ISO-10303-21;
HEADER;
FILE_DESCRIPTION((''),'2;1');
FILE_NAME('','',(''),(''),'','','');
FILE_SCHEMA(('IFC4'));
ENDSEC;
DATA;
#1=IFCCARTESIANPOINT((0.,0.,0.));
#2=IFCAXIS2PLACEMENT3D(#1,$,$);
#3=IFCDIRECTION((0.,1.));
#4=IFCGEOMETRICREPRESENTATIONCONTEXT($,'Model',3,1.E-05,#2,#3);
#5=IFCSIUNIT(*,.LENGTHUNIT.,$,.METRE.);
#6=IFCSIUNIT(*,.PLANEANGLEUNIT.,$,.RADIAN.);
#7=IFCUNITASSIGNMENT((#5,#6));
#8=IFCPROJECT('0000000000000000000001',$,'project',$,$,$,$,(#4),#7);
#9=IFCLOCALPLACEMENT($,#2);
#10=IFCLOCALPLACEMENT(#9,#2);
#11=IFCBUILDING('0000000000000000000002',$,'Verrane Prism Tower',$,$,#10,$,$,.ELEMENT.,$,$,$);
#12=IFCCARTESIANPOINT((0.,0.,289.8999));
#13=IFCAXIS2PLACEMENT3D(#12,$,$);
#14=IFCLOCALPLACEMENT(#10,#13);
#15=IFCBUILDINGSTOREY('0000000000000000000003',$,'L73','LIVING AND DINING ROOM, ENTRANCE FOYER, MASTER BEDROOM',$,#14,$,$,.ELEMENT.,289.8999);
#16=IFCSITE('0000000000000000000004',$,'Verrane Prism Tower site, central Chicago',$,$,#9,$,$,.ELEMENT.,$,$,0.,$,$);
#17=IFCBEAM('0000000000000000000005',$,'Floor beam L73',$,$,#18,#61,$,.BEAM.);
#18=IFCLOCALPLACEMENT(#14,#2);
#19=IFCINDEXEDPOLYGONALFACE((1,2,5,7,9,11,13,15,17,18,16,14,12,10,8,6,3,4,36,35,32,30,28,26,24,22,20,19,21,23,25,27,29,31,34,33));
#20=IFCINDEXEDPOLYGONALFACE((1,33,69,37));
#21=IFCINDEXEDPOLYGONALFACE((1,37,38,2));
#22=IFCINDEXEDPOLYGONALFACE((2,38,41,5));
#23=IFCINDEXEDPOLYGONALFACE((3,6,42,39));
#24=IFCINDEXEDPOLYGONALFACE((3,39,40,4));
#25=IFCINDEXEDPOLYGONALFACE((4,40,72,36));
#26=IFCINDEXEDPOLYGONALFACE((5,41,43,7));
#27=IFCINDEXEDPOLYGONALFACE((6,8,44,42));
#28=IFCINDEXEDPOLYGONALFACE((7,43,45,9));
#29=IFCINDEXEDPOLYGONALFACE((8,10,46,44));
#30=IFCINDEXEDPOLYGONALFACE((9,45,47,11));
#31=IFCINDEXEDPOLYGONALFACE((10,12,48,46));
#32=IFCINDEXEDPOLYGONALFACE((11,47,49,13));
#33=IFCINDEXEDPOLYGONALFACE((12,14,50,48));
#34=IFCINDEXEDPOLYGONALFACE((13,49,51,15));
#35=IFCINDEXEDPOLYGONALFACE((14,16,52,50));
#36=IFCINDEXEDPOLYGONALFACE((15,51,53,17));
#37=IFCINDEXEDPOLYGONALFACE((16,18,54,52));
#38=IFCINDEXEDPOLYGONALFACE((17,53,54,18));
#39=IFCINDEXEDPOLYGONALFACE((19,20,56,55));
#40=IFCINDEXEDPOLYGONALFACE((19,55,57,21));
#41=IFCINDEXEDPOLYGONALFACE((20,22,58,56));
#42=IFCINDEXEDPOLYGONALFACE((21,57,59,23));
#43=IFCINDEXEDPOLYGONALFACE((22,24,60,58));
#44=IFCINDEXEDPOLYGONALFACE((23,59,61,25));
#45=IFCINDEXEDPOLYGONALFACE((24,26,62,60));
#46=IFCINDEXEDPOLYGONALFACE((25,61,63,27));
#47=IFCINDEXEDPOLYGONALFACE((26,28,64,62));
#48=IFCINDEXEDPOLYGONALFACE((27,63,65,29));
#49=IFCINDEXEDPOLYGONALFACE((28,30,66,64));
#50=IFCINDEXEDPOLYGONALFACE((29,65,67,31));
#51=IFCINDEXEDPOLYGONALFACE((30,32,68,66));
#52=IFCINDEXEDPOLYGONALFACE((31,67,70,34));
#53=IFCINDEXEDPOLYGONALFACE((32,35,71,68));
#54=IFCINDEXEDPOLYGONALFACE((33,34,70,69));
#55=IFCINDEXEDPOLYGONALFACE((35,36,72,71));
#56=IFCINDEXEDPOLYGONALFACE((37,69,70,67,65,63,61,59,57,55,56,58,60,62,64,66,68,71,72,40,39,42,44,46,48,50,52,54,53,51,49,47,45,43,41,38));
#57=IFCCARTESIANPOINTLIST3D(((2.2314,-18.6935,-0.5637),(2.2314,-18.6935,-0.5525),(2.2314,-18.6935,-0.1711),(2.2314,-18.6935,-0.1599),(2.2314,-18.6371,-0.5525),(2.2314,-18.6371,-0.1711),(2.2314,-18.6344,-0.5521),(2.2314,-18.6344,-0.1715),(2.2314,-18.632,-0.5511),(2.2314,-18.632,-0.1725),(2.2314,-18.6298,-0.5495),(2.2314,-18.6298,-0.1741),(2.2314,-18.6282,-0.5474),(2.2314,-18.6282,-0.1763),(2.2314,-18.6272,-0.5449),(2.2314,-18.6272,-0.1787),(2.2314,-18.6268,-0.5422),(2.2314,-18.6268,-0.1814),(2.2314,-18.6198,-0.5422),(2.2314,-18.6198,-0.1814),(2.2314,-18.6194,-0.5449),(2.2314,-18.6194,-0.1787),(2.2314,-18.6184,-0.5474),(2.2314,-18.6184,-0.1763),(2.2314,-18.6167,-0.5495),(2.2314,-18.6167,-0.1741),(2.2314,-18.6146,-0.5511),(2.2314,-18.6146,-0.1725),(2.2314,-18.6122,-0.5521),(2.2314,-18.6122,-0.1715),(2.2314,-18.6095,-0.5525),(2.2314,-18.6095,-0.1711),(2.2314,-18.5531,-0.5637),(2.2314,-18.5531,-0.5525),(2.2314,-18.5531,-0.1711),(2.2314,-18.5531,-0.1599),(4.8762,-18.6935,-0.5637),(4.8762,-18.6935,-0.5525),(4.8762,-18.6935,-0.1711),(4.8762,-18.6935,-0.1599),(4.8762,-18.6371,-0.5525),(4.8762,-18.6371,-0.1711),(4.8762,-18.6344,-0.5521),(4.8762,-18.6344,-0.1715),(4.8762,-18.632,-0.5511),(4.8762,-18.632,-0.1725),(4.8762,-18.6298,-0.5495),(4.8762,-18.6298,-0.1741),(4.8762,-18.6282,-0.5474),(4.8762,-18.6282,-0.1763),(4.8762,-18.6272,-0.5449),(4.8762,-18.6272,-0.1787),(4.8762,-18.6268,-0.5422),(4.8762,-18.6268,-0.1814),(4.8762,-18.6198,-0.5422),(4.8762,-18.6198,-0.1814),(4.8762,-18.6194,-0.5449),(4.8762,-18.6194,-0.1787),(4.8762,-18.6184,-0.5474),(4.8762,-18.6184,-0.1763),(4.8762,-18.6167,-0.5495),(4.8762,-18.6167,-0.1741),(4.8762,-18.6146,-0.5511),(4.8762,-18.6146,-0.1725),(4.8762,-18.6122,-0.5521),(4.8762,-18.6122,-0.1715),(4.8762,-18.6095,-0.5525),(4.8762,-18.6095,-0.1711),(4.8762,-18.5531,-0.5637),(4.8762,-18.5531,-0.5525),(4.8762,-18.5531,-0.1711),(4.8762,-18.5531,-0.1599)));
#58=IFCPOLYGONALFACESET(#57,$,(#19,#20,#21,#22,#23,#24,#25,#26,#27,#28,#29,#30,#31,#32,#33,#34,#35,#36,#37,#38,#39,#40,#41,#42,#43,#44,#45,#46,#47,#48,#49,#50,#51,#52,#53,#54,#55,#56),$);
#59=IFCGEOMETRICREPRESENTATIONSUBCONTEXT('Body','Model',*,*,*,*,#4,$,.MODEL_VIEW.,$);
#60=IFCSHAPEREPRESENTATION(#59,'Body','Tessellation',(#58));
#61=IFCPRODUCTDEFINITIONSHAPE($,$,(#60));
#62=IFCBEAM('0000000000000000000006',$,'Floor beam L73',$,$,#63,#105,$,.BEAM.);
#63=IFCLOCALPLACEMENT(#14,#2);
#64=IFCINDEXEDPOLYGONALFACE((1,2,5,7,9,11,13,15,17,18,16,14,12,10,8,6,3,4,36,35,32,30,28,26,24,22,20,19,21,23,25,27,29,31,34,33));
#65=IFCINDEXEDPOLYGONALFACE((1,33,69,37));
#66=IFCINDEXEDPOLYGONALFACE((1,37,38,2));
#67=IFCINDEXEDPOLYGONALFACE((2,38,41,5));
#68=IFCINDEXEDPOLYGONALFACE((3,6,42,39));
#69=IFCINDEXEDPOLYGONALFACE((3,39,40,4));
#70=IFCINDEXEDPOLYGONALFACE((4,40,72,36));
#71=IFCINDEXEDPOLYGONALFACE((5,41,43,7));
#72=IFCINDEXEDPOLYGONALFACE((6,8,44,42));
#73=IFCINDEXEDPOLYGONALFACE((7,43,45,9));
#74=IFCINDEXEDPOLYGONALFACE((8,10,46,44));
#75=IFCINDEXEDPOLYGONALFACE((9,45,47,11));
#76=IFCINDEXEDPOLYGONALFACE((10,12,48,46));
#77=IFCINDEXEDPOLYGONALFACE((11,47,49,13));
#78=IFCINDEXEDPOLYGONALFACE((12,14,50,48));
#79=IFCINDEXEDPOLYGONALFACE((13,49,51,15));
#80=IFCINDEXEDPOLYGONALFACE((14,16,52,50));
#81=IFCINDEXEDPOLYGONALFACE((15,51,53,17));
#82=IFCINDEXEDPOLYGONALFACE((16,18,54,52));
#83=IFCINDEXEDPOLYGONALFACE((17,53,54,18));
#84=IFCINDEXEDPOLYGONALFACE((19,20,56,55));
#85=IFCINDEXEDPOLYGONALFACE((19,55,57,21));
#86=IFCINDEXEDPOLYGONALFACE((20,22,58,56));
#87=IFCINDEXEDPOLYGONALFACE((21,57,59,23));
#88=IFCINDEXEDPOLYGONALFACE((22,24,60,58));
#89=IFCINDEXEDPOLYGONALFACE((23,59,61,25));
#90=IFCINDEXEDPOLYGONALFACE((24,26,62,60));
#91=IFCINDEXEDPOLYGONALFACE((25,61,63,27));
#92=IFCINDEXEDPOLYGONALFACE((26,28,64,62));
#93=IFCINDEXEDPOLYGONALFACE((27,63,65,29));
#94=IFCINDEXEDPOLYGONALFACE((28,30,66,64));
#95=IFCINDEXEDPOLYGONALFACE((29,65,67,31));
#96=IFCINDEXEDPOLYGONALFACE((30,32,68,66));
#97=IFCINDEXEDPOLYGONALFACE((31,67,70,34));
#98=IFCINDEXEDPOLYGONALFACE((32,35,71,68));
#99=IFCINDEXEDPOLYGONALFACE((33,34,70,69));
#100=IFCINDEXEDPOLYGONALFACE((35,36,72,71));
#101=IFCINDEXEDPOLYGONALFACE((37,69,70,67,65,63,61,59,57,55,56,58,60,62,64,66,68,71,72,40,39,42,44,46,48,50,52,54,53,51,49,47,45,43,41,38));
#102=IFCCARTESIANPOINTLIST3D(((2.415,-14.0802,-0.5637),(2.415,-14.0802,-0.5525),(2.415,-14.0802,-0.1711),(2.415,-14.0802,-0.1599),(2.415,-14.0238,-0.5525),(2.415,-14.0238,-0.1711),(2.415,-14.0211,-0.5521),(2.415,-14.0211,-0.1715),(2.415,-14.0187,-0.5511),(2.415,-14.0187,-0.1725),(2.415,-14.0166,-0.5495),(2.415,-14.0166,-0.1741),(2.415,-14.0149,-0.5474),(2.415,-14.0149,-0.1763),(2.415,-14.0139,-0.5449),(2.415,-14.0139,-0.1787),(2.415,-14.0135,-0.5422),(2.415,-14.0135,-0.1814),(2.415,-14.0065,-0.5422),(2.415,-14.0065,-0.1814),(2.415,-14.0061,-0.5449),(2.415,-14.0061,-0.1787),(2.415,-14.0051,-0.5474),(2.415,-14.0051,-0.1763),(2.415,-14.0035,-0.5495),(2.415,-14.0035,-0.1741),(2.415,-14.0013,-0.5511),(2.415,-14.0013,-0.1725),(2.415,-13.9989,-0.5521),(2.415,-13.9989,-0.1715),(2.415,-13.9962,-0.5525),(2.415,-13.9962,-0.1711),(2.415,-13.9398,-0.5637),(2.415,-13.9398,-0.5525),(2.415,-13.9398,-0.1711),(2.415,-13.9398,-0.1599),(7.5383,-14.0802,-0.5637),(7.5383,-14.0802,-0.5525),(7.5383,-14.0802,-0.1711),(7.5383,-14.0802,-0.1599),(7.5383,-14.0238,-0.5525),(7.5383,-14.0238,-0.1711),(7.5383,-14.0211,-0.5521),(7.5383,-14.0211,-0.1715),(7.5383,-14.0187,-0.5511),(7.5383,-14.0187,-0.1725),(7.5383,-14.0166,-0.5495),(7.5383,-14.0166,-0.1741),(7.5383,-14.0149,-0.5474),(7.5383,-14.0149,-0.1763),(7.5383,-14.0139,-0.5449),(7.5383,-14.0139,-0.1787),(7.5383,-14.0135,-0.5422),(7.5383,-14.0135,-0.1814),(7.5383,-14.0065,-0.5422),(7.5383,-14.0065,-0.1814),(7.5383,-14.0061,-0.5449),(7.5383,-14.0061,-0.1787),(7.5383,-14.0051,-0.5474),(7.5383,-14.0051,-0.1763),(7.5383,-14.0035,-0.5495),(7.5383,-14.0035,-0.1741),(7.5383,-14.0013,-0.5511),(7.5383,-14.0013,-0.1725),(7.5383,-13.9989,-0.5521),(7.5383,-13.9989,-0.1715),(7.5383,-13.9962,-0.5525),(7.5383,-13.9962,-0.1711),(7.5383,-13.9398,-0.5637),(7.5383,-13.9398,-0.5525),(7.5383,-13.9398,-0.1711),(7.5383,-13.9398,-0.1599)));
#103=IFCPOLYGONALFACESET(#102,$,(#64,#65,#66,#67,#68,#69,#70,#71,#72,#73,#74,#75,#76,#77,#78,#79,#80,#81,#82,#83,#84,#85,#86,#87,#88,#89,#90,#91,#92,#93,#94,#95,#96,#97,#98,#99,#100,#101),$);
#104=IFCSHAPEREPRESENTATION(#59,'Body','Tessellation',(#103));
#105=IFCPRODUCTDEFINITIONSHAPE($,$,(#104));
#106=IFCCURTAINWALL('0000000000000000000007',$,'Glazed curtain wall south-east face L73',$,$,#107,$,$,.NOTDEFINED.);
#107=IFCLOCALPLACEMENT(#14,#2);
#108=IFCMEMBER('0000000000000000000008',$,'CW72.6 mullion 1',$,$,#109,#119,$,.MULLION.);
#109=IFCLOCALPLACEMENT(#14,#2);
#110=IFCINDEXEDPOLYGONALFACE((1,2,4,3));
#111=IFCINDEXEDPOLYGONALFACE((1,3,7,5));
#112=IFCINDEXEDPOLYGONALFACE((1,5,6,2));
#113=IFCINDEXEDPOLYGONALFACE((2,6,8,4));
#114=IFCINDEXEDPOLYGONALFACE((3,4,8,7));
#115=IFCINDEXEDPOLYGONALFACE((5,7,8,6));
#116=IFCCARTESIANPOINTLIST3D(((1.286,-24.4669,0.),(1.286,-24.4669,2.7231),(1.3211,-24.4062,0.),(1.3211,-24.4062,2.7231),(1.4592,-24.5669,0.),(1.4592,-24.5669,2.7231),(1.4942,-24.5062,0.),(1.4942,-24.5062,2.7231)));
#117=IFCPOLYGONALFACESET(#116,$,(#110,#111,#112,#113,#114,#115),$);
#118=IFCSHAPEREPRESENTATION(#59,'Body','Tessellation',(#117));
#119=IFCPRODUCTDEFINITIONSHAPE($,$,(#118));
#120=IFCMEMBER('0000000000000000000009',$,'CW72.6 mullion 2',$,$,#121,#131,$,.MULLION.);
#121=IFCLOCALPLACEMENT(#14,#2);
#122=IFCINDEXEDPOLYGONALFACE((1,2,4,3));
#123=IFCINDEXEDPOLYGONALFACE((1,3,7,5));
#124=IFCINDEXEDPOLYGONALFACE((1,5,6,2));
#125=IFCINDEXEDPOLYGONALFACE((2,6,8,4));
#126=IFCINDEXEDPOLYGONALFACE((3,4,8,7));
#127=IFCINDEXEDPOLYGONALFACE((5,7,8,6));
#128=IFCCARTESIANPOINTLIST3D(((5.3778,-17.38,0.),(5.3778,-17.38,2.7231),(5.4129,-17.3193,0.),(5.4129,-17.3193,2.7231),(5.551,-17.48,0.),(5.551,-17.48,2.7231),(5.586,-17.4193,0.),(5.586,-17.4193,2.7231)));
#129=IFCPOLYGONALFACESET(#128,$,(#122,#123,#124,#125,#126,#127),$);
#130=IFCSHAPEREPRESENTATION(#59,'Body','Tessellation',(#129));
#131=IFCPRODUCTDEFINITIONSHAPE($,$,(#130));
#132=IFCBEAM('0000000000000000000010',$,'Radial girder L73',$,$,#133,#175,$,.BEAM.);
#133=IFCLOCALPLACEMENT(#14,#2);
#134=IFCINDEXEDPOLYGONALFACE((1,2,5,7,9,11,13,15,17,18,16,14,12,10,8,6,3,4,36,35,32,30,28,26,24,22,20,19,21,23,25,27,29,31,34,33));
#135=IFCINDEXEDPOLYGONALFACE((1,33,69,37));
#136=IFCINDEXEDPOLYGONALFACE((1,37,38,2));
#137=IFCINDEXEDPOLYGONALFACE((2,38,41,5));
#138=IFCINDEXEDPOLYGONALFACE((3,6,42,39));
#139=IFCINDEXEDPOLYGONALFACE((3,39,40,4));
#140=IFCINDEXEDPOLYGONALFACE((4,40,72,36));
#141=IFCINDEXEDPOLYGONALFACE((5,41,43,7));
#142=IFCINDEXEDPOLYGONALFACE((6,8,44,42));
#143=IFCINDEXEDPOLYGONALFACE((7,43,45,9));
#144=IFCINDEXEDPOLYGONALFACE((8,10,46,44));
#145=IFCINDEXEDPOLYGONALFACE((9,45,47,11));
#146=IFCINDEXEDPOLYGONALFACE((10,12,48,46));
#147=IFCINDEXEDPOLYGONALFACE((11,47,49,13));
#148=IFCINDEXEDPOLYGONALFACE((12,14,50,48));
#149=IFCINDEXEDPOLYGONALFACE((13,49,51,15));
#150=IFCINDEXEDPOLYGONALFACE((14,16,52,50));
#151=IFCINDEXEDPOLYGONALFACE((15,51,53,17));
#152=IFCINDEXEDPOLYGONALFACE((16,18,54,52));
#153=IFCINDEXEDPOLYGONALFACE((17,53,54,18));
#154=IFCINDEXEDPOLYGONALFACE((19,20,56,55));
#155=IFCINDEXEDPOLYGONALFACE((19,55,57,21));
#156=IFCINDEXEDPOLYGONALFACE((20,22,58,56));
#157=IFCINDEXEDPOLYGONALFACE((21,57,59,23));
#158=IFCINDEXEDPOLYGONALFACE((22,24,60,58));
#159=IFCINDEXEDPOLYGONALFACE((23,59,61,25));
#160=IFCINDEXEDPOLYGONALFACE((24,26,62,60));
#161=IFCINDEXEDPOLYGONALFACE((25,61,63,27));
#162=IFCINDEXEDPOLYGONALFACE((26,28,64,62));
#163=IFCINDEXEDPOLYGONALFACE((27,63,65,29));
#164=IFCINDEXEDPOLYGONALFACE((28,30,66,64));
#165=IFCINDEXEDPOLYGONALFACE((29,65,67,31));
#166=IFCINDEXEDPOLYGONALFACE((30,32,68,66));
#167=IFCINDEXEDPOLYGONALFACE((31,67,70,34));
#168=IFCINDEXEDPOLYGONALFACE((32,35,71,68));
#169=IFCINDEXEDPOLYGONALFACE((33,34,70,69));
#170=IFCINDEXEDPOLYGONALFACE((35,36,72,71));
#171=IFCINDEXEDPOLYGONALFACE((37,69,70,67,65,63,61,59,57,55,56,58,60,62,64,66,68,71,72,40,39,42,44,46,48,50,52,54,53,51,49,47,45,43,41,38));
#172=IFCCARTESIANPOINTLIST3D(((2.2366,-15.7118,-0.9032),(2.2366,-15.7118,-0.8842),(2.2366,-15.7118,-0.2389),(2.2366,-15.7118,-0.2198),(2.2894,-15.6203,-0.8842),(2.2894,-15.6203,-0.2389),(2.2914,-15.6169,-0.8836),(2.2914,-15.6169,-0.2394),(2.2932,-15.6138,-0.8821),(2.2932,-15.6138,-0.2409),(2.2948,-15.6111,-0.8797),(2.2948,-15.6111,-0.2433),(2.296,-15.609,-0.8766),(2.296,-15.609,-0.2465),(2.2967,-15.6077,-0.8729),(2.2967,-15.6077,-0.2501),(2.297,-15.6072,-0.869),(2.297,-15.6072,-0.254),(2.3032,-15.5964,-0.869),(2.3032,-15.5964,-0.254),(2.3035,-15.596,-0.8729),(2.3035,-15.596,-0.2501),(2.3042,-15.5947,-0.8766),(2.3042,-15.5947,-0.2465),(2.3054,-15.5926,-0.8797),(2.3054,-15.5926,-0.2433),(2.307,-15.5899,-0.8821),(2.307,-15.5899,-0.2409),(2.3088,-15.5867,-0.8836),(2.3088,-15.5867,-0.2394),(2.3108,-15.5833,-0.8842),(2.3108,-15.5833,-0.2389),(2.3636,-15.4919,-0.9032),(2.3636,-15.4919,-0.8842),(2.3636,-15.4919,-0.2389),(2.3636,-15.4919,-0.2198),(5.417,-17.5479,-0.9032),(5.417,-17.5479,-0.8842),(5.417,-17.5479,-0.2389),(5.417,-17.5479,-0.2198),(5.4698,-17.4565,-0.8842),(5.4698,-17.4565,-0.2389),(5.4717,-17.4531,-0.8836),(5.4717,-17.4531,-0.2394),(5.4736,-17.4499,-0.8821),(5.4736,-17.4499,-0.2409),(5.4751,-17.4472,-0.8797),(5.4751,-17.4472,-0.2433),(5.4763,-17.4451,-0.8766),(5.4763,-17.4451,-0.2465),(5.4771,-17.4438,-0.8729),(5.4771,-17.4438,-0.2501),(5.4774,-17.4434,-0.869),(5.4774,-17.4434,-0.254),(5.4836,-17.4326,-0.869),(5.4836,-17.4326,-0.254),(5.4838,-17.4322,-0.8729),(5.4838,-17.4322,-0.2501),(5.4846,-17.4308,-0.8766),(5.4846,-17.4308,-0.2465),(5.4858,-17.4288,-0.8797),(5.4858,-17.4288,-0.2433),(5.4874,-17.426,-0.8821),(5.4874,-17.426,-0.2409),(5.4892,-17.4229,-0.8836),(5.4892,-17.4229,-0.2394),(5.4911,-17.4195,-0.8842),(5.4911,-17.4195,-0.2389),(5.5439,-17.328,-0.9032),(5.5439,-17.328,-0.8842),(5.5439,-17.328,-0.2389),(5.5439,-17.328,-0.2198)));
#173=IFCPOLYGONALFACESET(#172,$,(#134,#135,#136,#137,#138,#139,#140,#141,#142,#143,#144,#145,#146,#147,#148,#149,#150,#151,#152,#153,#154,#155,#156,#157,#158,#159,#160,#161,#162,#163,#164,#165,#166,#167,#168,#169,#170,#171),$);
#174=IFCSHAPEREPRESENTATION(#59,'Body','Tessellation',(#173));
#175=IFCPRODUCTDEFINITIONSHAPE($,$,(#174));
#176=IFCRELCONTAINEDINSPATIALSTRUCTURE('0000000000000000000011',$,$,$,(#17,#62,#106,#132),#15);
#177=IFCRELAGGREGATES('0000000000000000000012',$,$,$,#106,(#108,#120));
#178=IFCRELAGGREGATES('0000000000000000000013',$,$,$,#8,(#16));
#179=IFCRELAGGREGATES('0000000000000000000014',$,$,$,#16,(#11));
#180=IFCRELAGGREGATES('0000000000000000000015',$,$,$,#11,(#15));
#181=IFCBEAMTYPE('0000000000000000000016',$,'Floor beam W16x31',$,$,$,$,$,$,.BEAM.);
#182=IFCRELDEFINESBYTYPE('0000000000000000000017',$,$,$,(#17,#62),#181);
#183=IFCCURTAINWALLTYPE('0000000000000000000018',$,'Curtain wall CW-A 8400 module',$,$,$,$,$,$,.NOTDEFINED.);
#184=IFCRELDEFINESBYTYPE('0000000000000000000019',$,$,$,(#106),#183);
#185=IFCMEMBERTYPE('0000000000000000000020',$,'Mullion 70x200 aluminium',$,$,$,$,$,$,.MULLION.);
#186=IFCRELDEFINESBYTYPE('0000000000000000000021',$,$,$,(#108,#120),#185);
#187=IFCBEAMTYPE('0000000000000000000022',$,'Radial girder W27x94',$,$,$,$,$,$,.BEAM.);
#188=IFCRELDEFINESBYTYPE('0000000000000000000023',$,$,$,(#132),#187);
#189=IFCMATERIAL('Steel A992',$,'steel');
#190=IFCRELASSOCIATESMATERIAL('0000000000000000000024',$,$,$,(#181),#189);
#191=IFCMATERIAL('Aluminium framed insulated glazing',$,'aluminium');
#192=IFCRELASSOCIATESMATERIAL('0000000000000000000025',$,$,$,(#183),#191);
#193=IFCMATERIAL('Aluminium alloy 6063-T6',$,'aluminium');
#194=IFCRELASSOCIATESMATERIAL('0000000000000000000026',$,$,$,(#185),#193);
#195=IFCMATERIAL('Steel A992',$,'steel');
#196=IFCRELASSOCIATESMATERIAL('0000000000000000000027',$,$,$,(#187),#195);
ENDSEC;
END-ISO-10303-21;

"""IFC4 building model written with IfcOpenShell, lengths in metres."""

from ifc_helpers import new_model, si_unit, direction, frame, origin, origin_2d, place, context, subcontext, project, spatial, rectangle, i_section, extrude, material, material_profile, profile_set, type_object, element, aggregate, save


model = new_model("IFC4")

# Units and contexts
model_context = context("Model", 3, precision=1e-05, world=origin(), true_north=direction((0.0, 1.0)))
body_context = subcontext(model_context, "Body", "Model", "MODEL_VIEW")
ifc_project = project(units=[si_unit("LENGTHUNIT", "METRE"), si_unit("PLANEANGLEUNIT", "RADIAN")], contexts=[model_context])

# Site, building, storey
site_placement = place(None, origin())
site = spatial("IfcSite", under=ifc_project, at=site_placement, Name="Verrane Prism Tower site, central Chicago", CompositionType="ELEMENT", RefElevation=0.0)
building_placement = place(site_placement, origin())
building = spatial("IfcBuilding", under=site, at=building_placement, Name="Verrane Prism Tower", CompositionType="ELEMENT")
storey_placement = place(building_placement, frame((0.0, 0.0, 289.8999)))
storey = spatial("IfcBuildingStorey", under=building, at=storey_placement, Name="L73", Description="LIVING AND DINING ROOM, ENTRANCE FOYER, MASTER BEDROOM", CompositionType="ELEMENT", Elevation=289.8999)

# Beams
ifc_material_1 = material(Name="Steel A992", Category="steel")
ifc_material_profile_1 = material_profile(ifc_material_1, i_section(OverallWidth=0.1404, OverallDepth=0.4038, WebThickness=0.0071, FlangeThickness=0.0112, FilletRadius=0.0103, at=origin_2d()), Name="W16x31")
ifc_profile_set_1 = profile_set([ifc_material_profile_1], Name="Steel A992")
beam_type_1 = type_object("IfcBeamType", Name="Floor beam W16x31", PredefinedType="BEAM", material=ifc_profile_set_1)
beam_1_placement = place(storey_placement, frame((2.2314, -18.6233, -0.3618), z_axis=(1.0, 0.0, 0.0), x_axis=(0.0, 1.0, 0.0)))
element("IfcBeam", 1, at=beam_1_placement, inside=storey, type_object=beam_type_1, Name="Floor beam L73", PredefinedType="BEAM", context=body_context, shape_type="SweptSolid", body=[
    extrude(i_section(OverallWidth=0.1404, OverallDepth=0.4038, WebThickness=0.0071, FlangeThickness=0.0112, FilletRadius=0.0103, at=origin_2d()), origin(), (0.0, 0.0, 1.0), 2.6448),
])
beam_2_placement = place(storey_placement, frame((2.415, -14.01, -0.3618), z_axis=(1.0, 0.0, 0.0), x_axis=(0.0, 1.0, 0.0)))
element("IfcBeam", 2, at=beam_2_placement, inside=storey, type_object=beam_type_1, Name="Floor beam L73", PredefinedType="BEAM", context=body_context, shape_type="SweptSolid", body=[
    extrude(i_section(OverallWidth=0.1404, OverallDepth=0.4038, WebThickness=0.0071, FlangeThickness=0.0112, FilletRadius=0.0103, at=origin_2d()), origin(), (0.0, 0.0, 1.0), 5.1233),
])

# Curtain wall, members
ifc_material_2 = material(Name="Aluminium framed insulated glazing", Category="aluminium")
curtain_wall_type = type_object("IfcCurtainWallType", Name="Curtain wall CW-A 8400 module", PredefinedType="NOTDEFINED", material=ifc_material_2)
curtain_wall_1_placement = place(storey_placement, origin())
curtain_wall_1 = element("IfcCurtainWall", 3, at=curtain_wall_1_placement, inside=storey, type_object=curtain_wall_type, Name="Glazed curtain wall south-east face L73", PredefinedType="NOTDEFINED")
ifc_material_3 = material(Name="Aluminium alloy 6063-T6", Category="aluminium")
ifc_material_profile_2 = material_profile(ifc_material_3, rectangle(XDim=0.2, YDim=0.0701, at=origin_2d()), Name="Mullion 70x200 aluminium")
ifc_profile_set_2 = profile_set([ifc_material_profile_2], Name="Aluminium alloy 6063-T6")
member_type_1 = type_object("IfcMemberType", Name="Mullion 70x200 aluminium", PredefinedType="MULLION", material=ifc_profile_set_2)
member_1_placement = place(storey_placement, frame((1.3901, -24.4866, 0.0), z_axis=(0.0, 0.0, 1.0), x_axis=(-0.866025, 0.500001, 0.0)))
member_1 = element("IfcMember", 4, at=member_1_placement, type_object=member_type_1, Name="CW72.6 mullion 1", PredefinedType="MULLION", context=body_context, shape_type="SweptSolid", body=[
    extrude(rectangle(XDim=0.2, YDim=0.0701, at=origin_2d()), origin(), (0.0, 0.0, 1.0), 2.7231),
])
member_2_placement = place(storey_placement, frame((5.4819, -17.3997, 0.0), z_axis=(0.0, 0.0, 1.0), x_axis=(-0.866025, 0.500001, 0.0)))
member_2 = element("IfcMember", 5, at=member_2_placement, type_object=member_type_1, Name="CW72.6 mullion 2", PredefinedType="MULLION", context=body_context, shape_type="SweptSolid", body=[
    extrude(rectangle(XDim=0.2, YDim=0.0701, at=origin_2d()), origin(), (0.0, 0.0, 1.0), 2.7231),
])

# Beam
ifc_material_4 = material(Name="Steel A992", Category="steel")
ifc_material_profile_3 = material_profile(ifc_material_4, i_section(OverallWidth=0.2539, OverallDepth=0.6833, WebThickness=0.0125, FlangeThickness=0.019, FilletRadius=0.0151, at=origin_2d()), Name="W27x94")
ifc_profile_set_3 = profile_set([ifc_material_profile_3], Name="Steel A992")
beam_type_2 = type_object("IfcBeamType", Name="Radial girder W27x94", PredefinedType="BEAM", material=ifc_profile_set_3)
beam_3_placement = place(storey_placement, frame((5.4805, -17.438, -0.5615), z_axis=(-0.866029, 0.499993, 0.0), x_axis=(-0.499993, -0.866029, 0.0)))
element("IfcBeam", 6, at=beam_3_placement, inside=storey, type_object=beam_type_2, Name="Radial girder L73", PredefinedType="BEAM", context=body_context, shape_type="SweptSolid", body=[
    extrude(i_section(OverallWidth=0.2539, OverallDepth=0.6833, WebThickness=0.0125, FlangeThickness=0.019, FilletRadius=0.0151, at=origin_2d()), origin(), (0.0, 0.0, 1.0), 3.6724),
])

aggregate(curtain_wall_1, [member_1, member_2])

save(model, "model.ifc")
